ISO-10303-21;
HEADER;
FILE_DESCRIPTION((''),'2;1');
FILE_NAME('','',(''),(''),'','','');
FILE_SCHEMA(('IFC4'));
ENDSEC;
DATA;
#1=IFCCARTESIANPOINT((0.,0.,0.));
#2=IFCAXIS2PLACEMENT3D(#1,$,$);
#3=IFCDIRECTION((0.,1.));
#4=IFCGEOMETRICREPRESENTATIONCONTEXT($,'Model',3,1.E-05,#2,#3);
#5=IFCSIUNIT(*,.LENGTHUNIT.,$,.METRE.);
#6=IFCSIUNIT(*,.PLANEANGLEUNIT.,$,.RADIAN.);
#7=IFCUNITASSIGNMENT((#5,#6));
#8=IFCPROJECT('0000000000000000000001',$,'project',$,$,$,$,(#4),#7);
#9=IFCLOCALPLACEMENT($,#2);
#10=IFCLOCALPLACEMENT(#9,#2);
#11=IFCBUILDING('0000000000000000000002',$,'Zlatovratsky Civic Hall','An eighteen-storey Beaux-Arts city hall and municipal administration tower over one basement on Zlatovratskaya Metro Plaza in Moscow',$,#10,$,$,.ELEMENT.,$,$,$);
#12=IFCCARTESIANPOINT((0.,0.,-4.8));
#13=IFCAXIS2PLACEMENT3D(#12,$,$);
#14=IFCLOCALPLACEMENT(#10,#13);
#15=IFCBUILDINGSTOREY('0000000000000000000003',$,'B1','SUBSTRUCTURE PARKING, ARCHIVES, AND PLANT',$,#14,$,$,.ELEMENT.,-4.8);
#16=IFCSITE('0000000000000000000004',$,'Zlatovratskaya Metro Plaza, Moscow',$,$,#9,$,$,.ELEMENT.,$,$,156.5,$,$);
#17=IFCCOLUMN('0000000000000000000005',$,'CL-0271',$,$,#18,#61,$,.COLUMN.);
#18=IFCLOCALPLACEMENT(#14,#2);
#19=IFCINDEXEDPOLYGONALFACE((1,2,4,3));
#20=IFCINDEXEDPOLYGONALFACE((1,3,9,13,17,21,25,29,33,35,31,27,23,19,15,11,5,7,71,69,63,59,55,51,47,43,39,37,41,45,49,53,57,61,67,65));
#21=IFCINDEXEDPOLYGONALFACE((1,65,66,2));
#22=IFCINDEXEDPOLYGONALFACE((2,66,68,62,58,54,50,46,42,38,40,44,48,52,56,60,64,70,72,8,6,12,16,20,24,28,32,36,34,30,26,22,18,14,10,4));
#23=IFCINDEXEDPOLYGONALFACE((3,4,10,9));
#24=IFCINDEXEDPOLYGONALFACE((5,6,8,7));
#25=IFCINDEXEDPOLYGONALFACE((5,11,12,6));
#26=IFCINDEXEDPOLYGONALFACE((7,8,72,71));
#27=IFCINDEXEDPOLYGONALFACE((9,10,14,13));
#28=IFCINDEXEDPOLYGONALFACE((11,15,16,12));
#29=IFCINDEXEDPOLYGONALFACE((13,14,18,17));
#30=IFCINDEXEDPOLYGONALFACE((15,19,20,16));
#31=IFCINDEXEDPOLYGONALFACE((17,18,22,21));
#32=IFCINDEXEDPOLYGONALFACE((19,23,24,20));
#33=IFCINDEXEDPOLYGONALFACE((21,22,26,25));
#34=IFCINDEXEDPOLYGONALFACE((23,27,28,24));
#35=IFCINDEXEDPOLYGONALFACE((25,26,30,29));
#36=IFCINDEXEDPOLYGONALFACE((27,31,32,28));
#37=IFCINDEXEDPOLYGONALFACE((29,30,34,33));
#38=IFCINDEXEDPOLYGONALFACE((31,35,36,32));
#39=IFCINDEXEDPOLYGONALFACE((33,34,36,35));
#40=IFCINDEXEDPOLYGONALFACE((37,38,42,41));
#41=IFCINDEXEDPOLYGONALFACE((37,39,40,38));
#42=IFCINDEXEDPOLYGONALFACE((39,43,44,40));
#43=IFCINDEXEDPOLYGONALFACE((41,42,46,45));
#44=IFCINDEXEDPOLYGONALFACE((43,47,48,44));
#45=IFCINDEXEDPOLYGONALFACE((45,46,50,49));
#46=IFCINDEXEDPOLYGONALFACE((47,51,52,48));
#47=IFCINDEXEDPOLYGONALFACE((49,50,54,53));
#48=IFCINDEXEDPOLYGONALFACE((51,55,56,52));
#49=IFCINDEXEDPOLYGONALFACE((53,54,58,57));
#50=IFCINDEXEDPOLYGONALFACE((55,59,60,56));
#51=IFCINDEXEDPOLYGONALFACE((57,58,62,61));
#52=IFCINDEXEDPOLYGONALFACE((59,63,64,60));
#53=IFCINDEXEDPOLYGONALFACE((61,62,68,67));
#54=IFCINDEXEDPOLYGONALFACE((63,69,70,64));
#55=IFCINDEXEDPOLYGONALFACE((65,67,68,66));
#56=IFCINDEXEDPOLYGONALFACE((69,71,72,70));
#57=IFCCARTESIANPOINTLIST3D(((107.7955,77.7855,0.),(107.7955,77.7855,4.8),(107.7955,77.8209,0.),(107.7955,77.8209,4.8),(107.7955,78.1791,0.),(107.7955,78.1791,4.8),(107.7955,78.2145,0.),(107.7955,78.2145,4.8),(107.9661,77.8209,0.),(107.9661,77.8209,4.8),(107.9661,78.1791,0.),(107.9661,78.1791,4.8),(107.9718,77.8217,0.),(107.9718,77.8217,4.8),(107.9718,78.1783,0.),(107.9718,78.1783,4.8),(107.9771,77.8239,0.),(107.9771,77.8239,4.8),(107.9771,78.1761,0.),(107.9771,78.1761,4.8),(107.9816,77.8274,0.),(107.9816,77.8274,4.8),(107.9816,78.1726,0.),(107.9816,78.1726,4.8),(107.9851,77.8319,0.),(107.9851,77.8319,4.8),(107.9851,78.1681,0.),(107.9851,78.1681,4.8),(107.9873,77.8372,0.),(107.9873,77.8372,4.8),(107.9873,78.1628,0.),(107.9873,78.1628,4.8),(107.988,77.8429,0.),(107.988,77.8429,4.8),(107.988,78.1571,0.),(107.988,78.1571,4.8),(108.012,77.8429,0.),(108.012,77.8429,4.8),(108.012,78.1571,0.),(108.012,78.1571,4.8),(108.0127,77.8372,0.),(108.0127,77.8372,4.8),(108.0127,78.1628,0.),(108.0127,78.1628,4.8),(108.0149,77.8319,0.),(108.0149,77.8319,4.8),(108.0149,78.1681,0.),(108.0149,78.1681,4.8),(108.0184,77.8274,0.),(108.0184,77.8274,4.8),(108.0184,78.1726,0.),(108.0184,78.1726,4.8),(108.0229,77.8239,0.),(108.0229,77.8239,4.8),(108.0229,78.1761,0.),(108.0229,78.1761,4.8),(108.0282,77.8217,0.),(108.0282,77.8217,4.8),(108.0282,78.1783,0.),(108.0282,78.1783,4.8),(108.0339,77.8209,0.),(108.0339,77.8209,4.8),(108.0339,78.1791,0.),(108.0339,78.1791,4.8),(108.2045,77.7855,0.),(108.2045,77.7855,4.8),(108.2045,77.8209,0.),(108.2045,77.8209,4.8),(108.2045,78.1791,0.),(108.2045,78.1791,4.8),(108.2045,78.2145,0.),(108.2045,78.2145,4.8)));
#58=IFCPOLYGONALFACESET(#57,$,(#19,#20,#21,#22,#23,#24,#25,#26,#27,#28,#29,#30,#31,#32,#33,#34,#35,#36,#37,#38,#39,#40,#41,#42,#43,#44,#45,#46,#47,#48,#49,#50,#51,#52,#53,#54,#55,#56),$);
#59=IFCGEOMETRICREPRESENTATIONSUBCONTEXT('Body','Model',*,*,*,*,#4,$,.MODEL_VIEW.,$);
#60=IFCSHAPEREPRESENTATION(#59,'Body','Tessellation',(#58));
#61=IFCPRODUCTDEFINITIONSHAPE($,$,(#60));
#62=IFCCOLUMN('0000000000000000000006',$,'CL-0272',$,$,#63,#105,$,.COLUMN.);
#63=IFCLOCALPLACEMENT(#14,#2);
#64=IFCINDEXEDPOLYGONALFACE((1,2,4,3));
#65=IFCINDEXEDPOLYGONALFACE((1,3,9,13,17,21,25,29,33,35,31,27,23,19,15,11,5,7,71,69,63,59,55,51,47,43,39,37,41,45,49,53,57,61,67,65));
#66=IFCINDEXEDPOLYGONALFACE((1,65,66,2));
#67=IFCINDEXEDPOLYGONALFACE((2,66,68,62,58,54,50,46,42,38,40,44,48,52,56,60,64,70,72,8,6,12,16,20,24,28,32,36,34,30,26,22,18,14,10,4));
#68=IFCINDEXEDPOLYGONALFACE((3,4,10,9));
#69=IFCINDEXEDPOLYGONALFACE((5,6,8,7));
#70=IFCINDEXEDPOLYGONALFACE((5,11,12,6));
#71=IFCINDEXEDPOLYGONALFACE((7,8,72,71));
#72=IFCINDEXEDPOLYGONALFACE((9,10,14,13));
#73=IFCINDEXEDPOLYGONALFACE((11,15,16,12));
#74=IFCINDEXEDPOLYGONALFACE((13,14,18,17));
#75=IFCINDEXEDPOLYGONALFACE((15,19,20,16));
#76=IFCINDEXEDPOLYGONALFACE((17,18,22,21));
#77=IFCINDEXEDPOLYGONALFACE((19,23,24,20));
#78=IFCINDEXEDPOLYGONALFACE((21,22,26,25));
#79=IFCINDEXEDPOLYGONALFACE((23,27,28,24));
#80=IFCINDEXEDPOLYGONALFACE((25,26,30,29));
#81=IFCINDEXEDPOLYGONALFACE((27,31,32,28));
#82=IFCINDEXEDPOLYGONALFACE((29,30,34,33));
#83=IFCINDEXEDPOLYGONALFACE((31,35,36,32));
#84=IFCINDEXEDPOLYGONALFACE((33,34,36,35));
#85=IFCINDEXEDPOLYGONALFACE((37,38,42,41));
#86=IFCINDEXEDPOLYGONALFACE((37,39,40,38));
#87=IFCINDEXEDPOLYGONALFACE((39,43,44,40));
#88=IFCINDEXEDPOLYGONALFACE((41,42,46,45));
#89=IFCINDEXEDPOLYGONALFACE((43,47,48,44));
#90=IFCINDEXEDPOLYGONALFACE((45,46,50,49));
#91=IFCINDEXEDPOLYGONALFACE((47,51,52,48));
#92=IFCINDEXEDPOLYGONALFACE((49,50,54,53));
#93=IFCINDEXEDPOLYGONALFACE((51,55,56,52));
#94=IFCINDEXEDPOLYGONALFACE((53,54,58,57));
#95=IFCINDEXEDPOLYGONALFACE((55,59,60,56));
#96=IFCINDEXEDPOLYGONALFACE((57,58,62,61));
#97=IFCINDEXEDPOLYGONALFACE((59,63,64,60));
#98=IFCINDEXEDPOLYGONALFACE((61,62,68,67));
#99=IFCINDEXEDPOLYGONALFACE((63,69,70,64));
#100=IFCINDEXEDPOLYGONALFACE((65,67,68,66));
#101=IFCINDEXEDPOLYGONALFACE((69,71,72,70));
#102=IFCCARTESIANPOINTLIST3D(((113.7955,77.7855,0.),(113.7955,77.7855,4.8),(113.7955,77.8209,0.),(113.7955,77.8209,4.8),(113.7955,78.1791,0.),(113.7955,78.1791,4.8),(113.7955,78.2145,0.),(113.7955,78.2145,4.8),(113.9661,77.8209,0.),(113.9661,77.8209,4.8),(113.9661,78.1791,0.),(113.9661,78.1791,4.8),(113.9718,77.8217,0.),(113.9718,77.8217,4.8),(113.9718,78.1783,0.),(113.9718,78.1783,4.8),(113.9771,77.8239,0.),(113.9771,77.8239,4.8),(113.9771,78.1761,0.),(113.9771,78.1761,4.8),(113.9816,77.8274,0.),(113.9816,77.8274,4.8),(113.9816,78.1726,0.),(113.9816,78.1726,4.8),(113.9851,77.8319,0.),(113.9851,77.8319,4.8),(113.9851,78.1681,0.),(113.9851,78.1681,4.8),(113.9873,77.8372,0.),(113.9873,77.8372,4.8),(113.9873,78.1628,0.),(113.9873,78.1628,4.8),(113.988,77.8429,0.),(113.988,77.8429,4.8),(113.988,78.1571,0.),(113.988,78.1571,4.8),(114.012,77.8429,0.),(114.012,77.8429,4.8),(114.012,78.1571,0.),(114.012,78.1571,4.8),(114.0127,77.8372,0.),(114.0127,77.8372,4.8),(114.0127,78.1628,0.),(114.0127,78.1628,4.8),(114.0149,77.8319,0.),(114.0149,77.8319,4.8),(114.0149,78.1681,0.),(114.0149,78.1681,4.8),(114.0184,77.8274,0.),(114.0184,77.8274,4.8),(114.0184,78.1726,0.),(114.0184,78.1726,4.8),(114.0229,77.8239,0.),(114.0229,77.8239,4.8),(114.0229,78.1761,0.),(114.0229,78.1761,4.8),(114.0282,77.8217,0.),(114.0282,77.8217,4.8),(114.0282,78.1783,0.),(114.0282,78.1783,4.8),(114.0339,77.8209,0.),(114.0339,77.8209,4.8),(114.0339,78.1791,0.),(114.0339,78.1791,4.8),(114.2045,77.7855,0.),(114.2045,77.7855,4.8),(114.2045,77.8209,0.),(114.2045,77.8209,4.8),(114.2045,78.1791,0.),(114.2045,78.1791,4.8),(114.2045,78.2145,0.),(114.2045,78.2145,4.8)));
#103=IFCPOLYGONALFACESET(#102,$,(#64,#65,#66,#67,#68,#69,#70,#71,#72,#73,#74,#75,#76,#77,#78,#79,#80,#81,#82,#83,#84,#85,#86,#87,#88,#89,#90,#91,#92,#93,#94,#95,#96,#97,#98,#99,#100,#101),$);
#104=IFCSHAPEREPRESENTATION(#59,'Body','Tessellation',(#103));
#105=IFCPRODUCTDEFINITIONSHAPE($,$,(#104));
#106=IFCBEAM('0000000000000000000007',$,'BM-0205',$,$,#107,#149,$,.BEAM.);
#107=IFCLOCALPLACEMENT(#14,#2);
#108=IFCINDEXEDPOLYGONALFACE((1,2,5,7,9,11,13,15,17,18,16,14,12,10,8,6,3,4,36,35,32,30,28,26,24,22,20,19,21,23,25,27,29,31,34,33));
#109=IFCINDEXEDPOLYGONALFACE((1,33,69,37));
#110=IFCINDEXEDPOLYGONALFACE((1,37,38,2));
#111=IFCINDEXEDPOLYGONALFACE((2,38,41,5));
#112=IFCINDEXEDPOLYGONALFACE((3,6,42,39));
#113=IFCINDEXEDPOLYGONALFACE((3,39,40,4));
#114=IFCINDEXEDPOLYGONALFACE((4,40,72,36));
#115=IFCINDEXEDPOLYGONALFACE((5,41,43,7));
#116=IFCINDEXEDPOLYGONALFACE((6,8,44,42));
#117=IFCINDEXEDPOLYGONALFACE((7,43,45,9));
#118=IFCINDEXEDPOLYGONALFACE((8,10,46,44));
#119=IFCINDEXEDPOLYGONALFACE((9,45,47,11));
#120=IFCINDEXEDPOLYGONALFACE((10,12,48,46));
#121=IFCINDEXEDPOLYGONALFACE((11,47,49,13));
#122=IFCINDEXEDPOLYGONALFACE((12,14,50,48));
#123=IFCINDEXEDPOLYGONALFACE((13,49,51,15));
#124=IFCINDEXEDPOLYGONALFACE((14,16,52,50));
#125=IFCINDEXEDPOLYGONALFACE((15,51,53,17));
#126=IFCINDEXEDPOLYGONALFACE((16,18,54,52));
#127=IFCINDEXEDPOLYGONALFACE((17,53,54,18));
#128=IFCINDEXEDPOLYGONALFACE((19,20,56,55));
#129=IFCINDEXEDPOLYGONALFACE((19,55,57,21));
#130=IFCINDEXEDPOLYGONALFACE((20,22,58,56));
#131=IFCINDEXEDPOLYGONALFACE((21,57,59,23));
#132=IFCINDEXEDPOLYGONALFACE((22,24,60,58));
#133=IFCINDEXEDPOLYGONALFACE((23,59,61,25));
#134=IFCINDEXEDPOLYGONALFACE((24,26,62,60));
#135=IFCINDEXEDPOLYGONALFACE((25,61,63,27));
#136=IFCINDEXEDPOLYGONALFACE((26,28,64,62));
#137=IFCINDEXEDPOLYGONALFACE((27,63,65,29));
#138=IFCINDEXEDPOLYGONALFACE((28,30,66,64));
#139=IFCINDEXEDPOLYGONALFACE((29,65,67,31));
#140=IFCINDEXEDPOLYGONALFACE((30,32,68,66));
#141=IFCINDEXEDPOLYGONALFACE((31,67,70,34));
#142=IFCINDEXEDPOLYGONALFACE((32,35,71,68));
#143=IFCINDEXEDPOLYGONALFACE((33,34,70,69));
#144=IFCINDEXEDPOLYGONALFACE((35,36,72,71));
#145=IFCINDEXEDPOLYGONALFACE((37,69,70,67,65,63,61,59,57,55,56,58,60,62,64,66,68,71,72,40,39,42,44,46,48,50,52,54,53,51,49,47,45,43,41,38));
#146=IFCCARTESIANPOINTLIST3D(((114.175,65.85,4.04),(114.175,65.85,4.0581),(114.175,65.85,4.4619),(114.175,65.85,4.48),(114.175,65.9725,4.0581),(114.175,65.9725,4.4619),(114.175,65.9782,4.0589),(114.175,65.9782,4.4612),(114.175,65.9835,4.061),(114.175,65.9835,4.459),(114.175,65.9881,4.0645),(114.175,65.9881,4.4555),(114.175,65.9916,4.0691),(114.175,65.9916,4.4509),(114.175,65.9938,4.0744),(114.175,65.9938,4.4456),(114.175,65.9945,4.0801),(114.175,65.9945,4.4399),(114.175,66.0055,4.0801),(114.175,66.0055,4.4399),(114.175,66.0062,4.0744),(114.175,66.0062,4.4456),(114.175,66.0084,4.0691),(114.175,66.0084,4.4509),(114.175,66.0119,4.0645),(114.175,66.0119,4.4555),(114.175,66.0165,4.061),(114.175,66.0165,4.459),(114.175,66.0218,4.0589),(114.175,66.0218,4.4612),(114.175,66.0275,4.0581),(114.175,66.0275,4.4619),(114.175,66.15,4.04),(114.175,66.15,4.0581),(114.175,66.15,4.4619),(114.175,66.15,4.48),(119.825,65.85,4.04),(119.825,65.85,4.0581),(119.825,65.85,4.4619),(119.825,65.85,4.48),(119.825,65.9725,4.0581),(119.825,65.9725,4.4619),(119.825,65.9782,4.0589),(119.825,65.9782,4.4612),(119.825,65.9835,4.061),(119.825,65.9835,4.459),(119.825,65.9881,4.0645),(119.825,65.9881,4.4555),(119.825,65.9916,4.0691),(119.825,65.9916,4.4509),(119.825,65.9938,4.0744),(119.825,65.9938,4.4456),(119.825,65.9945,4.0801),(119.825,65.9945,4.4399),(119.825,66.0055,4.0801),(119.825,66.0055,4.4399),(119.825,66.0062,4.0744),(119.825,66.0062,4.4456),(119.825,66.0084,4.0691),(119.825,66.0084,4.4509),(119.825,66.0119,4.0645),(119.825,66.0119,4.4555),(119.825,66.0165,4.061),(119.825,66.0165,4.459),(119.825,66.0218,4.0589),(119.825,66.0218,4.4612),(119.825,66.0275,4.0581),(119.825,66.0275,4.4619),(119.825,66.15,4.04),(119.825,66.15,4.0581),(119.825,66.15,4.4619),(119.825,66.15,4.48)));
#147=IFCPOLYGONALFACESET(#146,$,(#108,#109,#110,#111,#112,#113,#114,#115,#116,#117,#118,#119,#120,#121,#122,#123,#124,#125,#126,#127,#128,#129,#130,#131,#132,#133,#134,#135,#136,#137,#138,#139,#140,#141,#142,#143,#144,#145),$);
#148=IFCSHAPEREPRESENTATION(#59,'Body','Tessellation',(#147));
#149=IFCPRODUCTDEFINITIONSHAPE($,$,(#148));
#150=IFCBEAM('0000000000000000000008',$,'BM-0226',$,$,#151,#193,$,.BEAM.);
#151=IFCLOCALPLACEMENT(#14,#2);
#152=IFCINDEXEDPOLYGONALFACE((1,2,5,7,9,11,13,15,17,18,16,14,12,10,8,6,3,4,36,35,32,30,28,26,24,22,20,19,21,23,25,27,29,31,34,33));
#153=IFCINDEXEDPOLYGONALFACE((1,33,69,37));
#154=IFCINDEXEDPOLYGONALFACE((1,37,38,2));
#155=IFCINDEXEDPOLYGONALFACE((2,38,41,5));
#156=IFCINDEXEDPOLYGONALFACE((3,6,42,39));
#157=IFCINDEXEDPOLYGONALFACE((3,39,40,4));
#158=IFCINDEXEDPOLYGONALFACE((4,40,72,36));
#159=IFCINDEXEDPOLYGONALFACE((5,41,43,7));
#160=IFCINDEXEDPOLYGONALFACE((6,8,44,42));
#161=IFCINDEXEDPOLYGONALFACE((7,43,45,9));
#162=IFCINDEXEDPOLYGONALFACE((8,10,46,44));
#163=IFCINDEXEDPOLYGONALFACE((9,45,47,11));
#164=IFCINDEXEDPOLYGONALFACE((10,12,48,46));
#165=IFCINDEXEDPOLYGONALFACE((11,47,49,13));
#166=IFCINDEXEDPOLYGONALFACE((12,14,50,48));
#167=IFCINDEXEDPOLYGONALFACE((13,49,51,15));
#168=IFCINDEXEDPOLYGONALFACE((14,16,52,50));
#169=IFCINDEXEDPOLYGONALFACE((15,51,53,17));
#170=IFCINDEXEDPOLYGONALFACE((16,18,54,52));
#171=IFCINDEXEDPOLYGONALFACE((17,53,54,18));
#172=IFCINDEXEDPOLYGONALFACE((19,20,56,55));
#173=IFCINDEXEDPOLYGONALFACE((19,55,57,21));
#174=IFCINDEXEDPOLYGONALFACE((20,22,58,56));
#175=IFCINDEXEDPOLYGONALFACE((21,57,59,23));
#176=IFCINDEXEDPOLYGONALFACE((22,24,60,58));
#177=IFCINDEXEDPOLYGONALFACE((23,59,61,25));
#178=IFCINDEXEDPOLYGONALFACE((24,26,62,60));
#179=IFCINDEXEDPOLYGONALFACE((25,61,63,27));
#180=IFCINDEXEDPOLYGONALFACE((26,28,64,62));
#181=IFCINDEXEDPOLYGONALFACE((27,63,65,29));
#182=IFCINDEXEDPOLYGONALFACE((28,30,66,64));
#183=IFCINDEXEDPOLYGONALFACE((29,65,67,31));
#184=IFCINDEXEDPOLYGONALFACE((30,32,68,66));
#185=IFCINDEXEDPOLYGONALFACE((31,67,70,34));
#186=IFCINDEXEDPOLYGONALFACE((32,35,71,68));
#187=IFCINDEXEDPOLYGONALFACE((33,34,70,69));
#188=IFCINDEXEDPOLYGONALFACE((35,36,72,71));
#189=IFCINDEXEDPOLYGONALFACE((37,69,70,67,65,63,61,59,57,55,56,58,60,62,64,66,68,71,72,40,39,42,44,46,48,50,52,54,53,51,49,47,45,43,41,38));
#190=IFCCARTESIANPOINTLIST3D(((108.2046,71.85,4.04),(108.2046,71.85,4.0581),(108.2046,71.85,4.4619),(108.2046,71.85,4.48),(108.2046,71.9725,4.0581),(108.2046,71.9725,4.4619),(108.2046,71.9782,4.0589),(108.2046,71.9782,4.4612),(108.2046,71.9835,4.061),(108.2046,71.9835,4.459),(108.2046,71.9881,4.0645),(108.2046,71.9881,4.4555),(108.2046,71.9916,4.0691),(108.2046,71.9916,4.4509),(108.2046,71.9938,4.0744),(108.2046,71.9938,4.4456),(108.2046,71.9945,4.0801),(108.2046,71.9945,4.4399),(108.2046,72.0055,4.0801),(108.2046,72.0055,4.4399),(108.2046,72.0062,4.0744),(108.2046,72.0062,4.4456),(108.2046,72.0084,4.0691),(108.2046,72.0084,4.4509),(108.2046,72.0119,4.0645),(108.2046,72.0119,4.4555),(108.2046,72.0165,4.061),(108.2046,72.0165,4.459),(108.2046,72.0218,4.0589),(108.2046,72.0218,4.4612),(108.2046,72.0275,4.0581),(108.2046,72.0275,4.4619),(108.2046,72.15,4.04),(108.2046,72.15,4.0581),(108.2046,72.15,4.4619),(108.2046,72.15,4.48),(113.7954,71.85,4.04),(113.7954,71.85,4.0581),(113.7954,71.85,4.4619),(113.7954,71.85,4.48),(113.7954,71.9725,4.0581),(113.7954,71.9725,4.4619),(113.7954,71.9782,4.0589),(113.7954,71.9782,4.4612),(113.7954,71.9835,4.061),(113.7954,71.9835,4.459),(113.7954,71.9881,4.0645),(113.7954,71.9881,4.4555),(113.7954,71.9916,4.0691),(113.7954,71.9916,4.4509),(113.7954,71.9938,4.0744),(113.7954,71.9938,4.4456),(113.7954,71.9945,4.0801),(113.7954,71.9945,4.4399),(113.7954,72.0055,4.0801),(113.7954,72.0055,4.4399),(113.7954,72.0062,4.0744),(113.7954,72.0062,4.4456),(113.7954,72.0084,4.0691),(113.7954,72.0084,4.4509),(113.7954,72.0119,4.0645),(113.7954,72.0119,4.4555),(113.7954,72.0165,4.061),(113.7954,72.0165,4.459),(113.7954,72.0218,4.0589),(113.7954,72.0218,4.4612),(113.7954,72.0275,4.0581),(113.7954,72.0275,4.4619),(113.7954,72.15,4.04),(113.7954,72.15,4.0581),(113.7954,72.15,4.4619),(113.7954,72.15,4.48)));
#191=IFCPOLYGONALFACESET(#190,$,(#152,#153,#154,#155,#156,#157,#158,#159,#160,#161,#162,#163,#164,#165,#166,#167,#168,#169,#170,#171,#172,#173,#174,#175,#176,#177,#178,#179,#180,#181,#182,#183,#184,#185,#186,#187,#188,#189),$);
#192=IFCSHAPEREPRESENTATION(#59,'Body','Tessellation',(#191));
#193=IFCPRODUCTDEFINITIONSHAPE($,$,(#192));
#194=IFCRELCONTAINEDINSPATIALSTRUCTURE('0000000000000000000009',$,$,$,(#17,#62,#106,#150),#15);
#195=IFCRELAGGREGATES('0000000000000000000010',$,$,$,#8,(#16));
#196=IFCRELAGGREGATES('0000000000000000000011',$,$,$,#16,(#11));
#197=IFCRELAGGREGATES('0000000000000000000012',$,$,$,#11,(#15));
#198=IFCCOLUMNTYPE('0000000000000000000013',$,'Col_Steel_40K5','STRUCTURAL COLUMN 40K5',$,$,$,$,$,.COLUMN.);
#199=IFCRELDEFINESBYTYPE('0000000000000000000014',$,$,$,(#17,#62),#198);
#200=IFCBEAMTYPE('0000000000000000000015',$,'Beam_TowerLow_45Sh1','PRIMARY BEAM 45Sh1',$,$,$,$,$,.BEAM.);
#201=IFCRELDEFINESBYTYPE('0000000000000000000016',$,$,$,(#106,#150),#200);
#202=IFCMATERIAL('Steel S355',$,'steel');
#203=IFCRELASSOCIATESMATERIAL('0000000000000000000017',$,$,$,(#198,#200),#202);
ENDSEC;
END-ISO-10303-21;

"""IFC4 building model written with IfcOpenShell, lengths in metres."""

from ifc_helpers import new_model, si_unit, direction, frame, origin, origin_2d, place, context, subcontext, project, spatial, i_section, extrude, material, material_profile, profile_set, type_object, element, save


model = new_model("IFC4")

# Units and contexts
model_context = context("Model", 3, precision=1e-05, world=origin(), true_north=direction((0.0, 1.0)))
body_context = subcontext(model_context, "Body", "Model", "MODEL_VIEW")
ifc_project = project(units=[si_unit("LENGTHUNIT", "METRE"), si_unit("PLANEANGLEUNIT", "RADIAN")], contexts=[model_context])

# Site, building, storey
site_placement = place(None, origin())
site = spatial("IfcSite", under=ifc_project, at=site_placement, Name="Zlatovratskaya Metro Plaza, Moscow", CompositionType="ELEMENT", RefElevation=156.5)
building_placement = place(site_placement, origin())
building = spatial("IfcBuilding", under=site, at=building_placement, Name="Zlatovratsky Civic Hall", Description="An eighteen-storey Beaux-Arts city hall and municipal administration tower over one basement on Zlatovratskaya Metro Plaza in Moscow", CompositionType="ELEMENT")
storey_placement = place(building_placement, frame((0.0, 0.0, -4.8)))
storey = spatial("IfcBuildingStorey", under=building, at=storey_placement, Name="B1", Description="SUBSTRUCTURE PARKING, ARCHIVES, AND PLANT", CompositionType="ELEMENT", Elevation=-4.8)

# Columns
ifc_material_1 = material(Name="Steel S355", Category="steel")
ifc_material_profile_1 = material_profile(ifc_material_1, i_section(OverallWidth=0.4089, OverallDepth=0.429, WebThickness=0.0239, FlangeThickness=0.0354, FilletRadius=0.022, at=origin_2d()), Name="40K5")
ifc_profile_set_1 = profile_set([ifc_material_profile_1], Name="Steel S355")
column_type = type_object("IfcColumnType", Name="Col_Steel_40K5", Description="STRUCTURAL COLUMN 40K5", PredefinedType="COLUMN", material=ifc_profile_set_1)
for number, where, z_axis, x_axis, name in (
    (1, (108.0, 78.0, 0.0), (0.0, 0.0, 1.0), (1.0, 0.0, 0.0), "CL-0271"),
    (2, (114.0, 78.0, 0.0), (0.0, 0.0, 1.0), (1.0, 0.0, 0.0), "CL-0272"),
):
    element("IfcColumn", number, at=place(storey_placement, frame(where, z_axis=z_axis, x_axis=x_axis)), inside=storey, type_object=column_type, Name=name, PredefinedType="COLUMN", context=body_context, shape_type="SweptSolid", body=[
        extrude(i_section(OverallWidth=0.4089, OverallDepth=0.429, WebThickness=0.0239, FlangeThickness=0.0354, FilletRadius=0.022, at=origin_2d()), origin(), (0.0, 0.0, 1.0), 4.8),
    ])

# Beams
ifc_material_profile_2 = material_profile(ifc_material_1, i_section(OverallWidth=0.3, OverallDepth=0.4399, WebThickness=0.011, FlangeThickness=0.0181, FilletRadius=0.022, at=origin_2d()), Name="45Sh1")
ifc_profile_set_2 = profile_set([ifc_material_profile_2], Name="Steel S355")
beam_type = type_object("IfcBeamType", Name="Beam_TowerLow_45Sh1", Description="PRIMARY BEAM 45Sh1", PredefinedType="BEAM", material=ifc_profile_set_2)
beam_1_placement = place(storey_placement, frame((114.175, 66.0, 4.26), z_axis=(1.0, 0.0, 0.0), x_axis=(0.0, 1.0, 0.0)))
element("IfcBeam", 3, at=beam_1_placement, inside=storey, type_object=beam_type, Name="BM-0205", PredefinedType="BEAM", context=body_context, shape_type="SweptSolid", body=[
    extrude(i_section(OverallWidth=0.3, OverallDepth=0.4399, WebThickness=0.011, FlangeThickness=0.0181, FilletRadius=0.022, at=origin_2d()), origin(), (0.0, 0.0, 1.0), 5.6499),
])
beam_2_placement = place(storey_placement, frame((108.2046, 72.0, 4.26), z_axis=(1.0, 0.0, 0.0), x_axis=(0.0, 1.0, 0.0)))
element("IfcBeam", 4, at=beam_2_placement, inside=storey, type_object=beam_type, Name="BM-0226", PredefinedType="BEAM", context=body_context, shape_type="SweptSolid", body=[
    extrude(i_section(OverallWidth=0.3, OverallDepth=0.4399, WebThickness=0.011, FlangeThickness=0.0181, FilletRadius=0.022, at=origin_2d()), origin(), (0.0, 0.0, 1.0), 5.5908),
])

save(model, "model.ifc")
